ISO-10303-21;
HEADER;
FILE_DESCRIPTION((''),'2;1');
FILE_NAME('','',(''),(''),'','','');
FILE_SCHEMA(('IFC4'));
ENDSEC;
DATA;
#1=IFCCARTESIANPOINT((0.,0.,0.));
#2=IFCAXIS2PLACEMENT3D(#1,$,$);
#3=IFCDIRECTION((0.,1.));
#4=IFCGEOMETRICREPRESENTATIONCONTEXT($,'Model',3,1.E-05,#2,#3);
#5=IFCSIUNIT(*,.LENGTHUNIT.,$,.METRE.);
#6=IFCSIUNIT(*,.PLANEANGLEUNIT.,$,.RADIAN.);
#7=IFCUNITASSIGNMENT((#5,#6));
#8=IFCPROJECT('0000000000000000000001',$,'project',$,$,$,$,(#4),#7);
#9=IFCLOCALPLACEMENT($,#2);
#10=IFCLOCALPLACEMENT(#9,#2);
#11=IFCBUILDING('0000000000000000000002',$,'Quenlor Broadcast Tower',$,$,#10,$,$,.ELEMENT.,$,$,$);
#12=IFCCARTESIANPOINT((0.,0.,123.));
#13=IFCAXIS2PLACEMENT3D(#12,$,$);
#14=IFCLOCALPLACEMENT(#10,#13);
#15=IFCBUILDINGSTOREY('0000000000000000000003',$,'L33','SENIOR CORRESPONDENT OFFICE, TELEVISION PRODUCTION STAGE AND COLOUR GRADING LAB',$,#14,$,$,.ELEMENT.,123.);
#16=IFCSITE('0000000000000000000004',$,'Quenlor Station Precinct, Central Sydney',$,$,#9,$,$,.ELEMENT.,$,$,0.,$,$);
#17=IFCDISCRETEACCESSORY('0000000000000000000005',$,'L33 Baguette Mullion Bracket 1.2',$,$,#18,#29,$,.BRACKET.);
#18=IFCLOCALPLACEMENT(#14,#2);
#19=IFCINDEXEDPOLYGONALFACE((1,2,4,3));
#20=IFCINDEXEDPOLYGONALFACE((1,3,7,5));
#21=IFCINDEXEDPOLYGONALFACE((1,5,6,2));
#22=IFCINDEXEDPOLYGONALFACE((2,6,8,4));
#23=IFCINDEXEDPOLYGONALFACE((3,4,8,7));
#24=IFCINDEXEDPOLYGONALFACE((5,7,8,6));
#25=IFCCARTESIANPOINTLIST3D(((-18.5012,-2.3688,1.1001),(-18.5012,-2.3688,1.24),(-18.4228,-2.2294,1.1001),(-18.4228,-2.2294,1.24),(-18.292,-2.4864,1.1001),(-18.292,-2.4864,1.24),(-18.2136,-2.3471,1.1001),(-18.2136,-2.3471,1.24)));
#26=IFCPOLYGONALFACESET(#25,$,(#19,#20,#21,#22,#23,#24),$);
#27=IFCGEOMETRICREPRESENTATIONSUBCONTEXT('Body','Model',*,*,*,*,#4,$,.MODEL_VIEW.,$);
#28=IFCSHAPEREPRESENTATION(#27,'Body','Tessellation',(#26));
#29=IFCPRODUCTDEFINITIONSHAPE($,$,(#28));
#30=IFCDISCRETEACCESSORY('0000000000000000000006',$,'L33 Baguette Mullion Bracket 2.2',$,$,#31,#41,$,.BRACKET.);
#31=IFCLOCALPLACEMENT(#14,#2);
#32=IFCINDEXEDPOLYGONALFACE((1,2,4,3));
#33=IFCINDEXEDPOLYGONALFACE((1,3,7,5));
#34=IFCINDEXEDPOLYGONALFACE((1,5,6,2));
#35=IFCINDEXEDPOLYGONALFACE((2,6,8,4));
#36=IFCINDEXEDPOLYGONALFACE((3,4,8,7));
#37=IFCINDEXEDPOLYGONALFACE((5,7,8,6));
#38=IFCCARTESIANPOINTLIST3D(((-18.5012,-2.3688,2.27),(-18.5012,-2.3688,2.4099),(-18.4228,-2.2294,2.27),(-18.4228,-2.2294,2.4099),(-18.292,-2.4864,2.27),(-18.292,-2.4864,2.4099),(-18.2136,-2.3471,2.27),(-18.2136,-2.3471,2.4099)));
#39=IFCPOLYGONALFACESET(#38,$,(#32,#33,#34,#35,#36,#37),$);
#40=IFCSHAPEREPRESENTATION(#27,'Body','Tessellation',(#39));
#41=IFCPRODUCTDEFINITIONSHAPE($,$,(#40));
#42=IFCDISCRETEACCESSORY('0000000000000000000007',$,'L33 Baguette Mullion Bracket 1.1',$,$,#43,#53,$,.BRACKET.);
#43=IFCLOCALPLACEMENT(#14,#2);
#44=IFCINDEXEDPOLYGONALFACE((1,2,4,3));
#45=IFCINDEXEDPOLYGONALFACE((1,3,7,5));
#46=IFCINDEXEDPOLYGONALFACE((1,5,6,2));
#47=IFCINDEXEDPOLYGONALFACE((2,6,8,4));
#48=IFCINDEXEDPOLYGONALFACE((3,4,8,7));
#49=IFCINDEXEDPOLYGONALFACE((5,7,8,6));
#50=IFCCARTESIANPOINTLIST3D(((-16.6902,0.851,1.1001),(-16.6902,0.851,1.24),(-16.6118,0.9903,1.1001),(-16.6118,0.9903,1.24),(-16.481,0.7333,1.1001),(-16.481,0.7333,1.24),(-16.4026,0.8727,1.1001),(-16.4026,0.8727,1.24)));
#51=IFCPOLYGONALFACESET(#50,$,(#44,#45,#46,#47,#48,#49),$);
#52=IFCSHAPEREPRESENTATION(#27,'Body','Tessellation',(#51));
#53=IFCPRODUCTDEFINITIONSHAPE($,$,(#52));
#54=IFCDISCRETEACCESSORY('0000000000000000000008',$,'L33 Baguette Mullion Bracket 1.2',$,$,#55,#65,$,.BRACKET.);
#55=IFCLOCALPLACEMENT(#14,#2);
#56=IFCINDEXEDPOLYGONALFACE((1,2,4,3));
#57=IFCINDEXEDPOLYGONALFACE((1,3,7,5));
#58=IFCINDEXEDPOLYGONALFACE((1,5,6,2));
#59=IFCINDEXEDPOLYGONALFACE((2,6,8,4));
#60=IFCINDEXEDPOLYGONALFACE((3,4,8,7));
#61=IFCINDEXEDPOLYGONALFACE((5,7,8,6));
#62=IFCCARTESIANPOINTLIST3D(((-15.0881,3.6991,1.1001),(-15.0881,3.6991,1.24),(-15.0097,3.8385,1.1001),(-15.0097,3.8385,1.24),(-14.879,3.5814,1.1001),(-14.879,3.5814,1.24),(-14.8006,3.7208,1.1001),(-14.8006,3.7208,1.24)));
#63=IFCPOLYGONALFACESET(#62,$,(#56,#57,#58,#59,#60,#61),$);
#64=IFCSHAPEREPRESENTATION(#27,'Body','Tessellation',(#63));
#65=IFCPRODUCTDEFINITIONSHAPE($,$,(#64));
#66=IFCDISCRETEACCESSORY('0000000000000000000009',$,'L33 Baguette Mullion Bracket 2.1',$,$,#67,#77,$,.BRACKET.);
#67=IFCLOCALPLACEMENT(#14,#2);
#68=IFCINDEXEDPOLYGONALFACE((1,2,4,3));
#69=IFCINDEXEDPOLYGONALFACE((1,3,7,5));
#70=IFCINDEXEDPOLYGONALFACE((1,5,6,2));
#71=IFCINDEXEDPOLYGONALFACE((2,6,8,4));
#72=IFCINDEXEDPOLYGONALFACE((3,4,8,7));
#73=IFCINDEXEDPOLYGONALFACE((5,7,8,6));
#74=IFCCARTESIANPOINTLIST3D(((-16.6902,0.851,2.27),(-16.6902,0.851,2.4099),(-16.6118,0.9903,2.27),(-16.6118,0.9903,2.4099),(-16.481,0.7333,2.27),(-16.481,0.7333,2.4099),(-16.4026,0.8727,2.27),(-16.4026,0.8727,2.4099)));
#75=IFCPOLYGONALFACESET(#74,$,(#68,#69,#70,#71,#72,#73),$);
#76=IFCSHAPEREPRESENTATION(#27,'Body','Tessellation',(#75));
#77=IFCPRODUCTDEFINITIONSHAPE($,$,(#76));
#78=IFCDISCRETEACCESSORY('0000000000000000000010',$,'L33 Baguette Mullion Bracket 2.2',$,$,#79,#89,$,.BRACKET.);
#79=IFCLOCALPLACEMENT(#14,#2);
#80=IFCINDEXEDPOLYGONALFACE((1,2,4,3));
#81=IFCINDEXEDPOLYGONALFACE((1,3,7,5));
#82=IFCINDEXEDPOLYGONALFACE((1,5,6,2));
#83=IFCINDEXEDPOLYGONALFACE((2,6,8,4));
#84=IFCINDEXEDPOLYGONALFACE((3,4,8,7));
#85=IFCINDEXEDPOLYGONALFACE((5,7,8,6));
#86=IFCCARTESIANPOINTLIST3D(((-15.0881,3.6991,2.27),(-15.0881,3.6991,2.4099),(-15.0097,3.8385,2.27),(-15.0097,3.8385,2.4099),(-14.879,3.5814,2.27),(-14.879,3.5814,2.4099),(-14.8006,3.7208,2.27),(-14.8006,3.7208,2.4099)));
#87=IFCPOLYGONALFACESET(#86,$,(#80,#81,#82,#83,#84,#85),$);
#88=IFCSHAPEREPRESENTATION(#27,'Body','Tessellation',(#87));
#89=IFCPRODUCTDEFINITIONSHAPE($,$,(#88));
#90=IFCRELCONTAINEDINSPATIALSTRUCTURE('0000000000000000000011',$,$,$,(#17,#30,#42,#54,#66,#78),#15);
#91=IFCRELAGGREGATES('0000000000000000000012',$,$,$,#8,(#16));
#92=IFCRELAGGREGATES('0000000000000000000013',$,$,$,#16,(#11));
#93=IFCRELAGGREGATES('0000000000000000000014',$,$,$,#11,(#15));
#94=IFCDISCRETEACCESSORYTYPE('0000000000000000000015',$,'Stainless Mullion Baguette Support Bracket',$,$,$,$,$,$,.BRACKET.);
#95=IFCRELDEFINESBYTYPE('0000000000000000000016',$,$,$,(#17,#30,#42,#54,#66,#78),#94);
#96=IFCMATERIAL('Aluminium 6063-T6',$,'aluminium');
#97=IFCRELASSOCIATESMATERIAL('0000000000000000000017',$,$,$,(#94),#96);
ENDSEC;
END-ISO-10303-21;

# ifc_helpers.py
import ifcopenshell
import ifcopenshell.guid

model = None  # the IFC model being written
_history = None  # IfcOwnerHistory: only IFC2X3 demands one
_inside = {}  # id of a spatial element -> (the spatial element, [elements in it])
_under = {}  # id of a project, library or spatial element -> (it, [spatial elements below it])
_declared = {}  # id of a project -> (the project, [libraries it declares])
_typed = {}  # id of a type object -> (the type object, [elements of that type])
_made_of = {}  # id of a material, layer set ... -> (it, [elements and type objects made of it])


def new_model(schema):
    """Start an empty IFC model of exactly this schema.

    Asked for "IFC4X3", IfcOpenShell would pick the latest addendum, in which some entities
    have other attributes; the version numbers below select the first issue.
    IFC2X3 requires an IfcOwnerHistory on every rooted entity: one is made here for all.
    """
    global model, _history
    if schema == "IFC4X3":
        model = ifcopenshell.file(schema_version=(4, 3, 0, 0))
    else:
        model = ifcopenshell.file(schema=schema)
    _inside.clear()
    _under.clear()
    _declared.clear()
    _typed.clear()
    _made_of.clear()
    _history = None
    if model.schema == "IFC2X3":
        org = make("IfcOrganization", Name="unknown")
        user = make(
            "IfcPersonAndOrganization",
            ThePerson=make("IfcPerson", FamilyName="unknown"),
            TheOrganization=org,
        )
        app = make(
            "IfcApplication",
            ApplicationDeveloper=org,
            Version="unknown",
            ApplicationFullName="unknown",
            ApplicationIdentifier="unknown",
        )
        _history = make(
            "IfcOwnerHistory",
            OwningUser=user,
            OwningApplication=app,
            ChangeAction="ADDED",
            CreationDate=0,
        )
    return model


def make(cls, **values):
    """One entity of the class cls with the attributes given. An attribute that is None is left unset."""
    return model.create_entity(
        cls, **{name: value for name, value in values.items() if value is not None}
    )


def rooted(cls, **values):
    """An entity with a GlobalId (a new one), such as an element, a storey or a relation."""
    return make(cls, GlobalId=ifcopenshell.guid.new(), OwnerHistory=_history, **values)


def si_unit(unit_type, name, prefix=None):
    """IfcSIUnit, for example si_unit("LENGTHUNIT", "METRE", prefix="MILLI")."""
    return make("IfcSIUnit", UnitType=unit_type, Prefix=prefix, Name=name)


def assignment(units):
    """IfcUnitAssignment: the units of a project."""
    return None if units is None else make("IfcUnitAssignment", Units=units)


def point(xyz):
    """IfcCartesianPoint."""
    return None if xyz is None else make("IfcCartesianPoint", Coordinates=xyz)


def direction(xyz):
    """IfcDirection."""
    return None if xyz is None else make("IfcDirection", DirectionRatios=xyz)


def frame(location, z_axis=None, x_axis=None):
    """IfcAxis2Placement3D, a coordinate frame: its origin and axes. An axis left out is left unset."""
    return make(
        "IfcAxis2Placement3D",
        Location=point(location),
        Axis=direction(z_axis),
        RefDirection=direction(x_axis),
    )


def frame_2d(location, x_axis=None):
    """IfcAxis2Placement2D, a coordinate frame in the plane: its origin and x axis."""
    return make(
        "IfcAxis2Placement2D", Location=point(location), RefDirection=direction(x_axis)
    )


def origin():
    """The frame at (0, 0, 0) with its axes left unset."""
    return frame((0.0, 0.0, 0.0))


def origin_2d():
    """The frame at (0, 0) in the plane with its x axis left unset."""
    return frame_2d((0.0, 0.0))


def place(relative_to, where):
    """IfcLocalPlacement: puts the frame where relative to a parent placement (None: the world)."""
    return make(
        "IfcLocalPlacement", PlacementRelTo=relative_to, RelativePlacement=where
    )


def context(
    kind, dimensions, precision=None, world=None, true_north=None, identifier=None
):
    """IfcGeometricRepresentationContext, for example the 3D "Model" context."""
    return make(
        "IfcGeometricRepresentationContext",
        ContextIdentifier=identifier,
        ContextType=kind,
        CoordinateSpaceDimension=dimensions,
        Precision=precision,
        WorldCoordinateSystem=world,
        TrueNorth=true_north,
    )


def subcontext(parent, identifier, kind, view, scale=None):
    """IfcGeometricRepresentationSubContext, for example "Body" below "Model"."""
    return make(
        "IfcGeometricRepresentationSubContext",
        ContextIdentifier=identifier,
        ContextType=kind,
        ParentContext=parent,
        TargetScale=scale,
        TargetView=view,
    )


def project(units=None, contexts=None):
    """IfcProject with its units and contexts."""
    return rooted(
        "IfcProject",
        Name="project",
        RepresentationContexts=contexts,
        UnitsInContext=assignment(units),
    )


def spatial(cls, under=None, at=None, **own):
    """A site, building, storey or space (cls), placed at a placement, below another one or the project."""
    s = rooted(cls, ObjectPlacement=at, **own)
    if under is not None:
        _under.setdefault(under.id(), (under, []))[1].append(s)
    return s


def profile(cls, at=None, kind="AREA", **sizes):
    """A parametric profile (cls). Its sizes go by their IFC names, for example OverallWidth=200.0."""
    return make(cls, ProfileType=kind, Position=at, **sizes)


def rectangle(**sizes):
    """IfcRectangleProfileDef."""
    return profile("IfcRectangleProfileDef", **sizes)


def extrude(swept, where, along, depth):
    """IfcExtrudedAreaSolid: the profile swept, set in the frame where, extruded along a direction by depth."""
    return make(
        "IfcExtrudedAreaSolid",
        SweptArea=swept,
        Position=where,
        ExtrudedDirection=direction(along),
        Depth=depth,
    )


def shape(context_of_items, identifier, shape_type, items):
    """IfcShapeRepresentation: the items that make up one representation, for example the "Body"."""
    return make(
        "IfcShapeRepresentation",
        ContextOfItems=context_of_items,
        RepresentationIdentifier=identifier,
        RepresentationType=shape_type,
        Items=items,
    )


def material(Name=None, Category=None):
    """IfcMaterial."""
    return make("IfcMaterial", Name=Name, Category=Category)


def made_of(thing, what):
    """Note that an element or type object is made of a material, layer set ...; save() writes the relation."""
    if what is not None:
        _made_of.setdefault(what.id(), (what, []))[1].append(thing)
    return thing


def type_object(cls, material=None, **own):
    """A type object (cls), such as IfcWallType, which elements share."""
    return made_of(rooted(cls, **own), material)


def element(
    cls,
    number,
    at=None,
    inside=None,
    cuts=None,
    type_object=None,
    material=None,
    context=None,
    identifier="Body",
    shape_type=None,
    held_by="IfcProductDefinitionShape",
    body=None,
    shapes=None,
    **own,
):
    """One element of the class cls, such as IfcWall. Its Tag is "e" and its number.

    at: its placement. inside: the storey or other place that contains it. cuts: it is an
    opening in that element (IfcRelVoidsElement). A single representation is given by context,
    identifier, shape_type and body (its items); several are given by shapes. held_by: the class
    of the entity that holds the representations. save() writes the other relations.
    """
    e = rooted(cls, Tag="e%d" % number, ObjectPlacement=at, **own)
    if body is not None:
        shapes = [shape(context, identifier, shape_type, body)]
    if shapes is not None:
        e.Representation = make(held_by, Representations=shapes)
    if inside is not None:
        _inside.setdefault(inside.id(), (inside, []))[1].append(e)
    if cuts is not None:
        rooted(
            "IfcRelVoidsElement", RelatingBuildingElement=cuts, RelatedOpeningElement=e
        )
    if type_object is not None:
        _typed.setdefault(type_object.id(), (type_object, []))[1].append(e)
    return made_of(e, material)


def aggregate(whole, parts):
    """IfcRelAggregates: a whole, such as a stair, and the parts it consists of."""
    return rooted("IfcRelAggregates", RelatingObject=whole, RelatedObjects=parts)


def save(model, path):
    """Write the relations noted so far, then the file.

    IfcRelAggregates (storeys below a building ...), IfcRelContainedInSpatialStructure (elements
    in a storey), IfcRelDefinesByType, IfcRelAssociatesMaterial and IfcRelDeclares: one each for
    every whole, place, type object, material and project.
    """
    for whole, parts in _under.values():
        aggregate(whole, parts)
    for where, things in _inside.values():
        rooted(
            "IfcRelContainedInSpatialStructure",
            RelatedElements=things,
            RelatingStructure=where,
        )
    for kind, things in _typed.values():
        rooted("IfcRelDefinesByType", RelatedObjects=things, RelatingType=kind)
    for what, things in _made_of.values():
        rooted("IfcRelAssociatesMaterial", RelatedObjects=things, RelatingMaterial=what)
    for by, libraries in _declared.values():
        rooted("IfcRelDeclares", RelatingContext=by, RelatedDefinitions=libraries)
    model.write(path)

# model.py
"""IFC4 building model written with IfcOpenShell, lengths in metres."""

from ifc_helpers import new_model, si_unit, direction, frame, origin, origin_2d, place, context, subcontext, project, spatial, rectangle, extrude, material, type_object, element, save


model = new_model("IFC4")

# Units and contexts
model_context = context("Model", 3, precision=1e-05, world=origin(), true_north=direction((0.0, 1.0)))
body_context = subcontext(model_context, "Body", "Model", "MODEL_VIEW")
ifc_project = project(units=[si_unit("LENGTHUNIT", "METRE"), si_unit("PLANEANGLEUNIT", "RADIAN")], contexts=[model_context])

# Site, building, storey
site_placement = place(None, origin())
site = spatial("IfcSite", under=ifc_project, at=site_placement, Name="Quenlor Station Precinct, Central Sydney", CompositionType="ELEMENT", RefElevation=0.0)
building_placement = place(site_placement, origin())
building = spatial("IfcBuilding", under=site, at=building_placement, Name="Quenlor Broadcast Tower", CompositionType="ELEMENT")
storey_placement = place(building_placement, frame((0.0, 0.0, 123.0)))
storey = spatial("IfcBuildingStorey", under=building, at=storey_placement, Name="L33", Description="SENIOR CORRESPONDENT OFFICE, TELEVISION PRODUCTION STAGE AND COLOUR GRADING LAB", CompositionType="ELEMENT", Elevation=123.0)

# Discrete accessories
ifc_material_1 = material(Name="Aluminium 6063-T6", Category="aluminium")
discrete_accessory_type = type_object("IfcDiscreteAccessoryType", Name="Stainless Mullion Baguette Support Bracket", PredefinedType="BRACKET", material=ifc_material_1)
for number, where, z_axis, x_axis, name in (
    (1, (-18.3574, -2.3579, 1.1001), (0.0, 0.0, 1.0), (0.490277, 0.871567, 0.0), "L33 Baguette Mullion Bracket 1.2"),
    (2, (-18.3574, -2.3579, 2.27), (0.0, 0.0, 1.0), (0.490277, 0.871567, 0.0), "L33 Baguette Mullion Bracket 2.2"),
    (3, (-16.5464, 0.8618, 1.1001), (0.0, 0.0, 1.0), (0.490262, 0.871575, 0.0), "L33 Baguette Mullion Bracket 1.1"),
    (4, (-14.9443, 3.71, 1.1001), (0.0, 0.0, 1.0), (0.490262, 0.871575, 0.0), "L33 Baguette Mullion Bracket 1.2"),
    (5, (-16.5464, 0.8618, 2.27), (0.0, 0.0, 1.0), (0.490262, 0.871575, 0.0), "L33 Baguette Mullion Bracket 2.1"),
    (6, (-14.9443, 3.71, 2.27), (0.0, 0.0, 1.0), (0.490262, 0.871575, 0.0), "L33 Baguette Mullion Bracket 2.2"),
):
    element("IfcDiscreteAccessory", number, at=place(storey_placement, frame(where, z_axis=z_axis, x_axis=x_axis)), inside=storey, type_object=discrete_accessory_type, Name=name, PredefinedType="BRACKET", context=body_context, shape_type="SweptSolid", body=[
        extrude(rectangle(XDim=0.1599, YDim=0.24, at=origin_2d()), origin(), (0.0, 0.0, 1.0), 0.1399),
    ])

save(model, "model.ifc")
